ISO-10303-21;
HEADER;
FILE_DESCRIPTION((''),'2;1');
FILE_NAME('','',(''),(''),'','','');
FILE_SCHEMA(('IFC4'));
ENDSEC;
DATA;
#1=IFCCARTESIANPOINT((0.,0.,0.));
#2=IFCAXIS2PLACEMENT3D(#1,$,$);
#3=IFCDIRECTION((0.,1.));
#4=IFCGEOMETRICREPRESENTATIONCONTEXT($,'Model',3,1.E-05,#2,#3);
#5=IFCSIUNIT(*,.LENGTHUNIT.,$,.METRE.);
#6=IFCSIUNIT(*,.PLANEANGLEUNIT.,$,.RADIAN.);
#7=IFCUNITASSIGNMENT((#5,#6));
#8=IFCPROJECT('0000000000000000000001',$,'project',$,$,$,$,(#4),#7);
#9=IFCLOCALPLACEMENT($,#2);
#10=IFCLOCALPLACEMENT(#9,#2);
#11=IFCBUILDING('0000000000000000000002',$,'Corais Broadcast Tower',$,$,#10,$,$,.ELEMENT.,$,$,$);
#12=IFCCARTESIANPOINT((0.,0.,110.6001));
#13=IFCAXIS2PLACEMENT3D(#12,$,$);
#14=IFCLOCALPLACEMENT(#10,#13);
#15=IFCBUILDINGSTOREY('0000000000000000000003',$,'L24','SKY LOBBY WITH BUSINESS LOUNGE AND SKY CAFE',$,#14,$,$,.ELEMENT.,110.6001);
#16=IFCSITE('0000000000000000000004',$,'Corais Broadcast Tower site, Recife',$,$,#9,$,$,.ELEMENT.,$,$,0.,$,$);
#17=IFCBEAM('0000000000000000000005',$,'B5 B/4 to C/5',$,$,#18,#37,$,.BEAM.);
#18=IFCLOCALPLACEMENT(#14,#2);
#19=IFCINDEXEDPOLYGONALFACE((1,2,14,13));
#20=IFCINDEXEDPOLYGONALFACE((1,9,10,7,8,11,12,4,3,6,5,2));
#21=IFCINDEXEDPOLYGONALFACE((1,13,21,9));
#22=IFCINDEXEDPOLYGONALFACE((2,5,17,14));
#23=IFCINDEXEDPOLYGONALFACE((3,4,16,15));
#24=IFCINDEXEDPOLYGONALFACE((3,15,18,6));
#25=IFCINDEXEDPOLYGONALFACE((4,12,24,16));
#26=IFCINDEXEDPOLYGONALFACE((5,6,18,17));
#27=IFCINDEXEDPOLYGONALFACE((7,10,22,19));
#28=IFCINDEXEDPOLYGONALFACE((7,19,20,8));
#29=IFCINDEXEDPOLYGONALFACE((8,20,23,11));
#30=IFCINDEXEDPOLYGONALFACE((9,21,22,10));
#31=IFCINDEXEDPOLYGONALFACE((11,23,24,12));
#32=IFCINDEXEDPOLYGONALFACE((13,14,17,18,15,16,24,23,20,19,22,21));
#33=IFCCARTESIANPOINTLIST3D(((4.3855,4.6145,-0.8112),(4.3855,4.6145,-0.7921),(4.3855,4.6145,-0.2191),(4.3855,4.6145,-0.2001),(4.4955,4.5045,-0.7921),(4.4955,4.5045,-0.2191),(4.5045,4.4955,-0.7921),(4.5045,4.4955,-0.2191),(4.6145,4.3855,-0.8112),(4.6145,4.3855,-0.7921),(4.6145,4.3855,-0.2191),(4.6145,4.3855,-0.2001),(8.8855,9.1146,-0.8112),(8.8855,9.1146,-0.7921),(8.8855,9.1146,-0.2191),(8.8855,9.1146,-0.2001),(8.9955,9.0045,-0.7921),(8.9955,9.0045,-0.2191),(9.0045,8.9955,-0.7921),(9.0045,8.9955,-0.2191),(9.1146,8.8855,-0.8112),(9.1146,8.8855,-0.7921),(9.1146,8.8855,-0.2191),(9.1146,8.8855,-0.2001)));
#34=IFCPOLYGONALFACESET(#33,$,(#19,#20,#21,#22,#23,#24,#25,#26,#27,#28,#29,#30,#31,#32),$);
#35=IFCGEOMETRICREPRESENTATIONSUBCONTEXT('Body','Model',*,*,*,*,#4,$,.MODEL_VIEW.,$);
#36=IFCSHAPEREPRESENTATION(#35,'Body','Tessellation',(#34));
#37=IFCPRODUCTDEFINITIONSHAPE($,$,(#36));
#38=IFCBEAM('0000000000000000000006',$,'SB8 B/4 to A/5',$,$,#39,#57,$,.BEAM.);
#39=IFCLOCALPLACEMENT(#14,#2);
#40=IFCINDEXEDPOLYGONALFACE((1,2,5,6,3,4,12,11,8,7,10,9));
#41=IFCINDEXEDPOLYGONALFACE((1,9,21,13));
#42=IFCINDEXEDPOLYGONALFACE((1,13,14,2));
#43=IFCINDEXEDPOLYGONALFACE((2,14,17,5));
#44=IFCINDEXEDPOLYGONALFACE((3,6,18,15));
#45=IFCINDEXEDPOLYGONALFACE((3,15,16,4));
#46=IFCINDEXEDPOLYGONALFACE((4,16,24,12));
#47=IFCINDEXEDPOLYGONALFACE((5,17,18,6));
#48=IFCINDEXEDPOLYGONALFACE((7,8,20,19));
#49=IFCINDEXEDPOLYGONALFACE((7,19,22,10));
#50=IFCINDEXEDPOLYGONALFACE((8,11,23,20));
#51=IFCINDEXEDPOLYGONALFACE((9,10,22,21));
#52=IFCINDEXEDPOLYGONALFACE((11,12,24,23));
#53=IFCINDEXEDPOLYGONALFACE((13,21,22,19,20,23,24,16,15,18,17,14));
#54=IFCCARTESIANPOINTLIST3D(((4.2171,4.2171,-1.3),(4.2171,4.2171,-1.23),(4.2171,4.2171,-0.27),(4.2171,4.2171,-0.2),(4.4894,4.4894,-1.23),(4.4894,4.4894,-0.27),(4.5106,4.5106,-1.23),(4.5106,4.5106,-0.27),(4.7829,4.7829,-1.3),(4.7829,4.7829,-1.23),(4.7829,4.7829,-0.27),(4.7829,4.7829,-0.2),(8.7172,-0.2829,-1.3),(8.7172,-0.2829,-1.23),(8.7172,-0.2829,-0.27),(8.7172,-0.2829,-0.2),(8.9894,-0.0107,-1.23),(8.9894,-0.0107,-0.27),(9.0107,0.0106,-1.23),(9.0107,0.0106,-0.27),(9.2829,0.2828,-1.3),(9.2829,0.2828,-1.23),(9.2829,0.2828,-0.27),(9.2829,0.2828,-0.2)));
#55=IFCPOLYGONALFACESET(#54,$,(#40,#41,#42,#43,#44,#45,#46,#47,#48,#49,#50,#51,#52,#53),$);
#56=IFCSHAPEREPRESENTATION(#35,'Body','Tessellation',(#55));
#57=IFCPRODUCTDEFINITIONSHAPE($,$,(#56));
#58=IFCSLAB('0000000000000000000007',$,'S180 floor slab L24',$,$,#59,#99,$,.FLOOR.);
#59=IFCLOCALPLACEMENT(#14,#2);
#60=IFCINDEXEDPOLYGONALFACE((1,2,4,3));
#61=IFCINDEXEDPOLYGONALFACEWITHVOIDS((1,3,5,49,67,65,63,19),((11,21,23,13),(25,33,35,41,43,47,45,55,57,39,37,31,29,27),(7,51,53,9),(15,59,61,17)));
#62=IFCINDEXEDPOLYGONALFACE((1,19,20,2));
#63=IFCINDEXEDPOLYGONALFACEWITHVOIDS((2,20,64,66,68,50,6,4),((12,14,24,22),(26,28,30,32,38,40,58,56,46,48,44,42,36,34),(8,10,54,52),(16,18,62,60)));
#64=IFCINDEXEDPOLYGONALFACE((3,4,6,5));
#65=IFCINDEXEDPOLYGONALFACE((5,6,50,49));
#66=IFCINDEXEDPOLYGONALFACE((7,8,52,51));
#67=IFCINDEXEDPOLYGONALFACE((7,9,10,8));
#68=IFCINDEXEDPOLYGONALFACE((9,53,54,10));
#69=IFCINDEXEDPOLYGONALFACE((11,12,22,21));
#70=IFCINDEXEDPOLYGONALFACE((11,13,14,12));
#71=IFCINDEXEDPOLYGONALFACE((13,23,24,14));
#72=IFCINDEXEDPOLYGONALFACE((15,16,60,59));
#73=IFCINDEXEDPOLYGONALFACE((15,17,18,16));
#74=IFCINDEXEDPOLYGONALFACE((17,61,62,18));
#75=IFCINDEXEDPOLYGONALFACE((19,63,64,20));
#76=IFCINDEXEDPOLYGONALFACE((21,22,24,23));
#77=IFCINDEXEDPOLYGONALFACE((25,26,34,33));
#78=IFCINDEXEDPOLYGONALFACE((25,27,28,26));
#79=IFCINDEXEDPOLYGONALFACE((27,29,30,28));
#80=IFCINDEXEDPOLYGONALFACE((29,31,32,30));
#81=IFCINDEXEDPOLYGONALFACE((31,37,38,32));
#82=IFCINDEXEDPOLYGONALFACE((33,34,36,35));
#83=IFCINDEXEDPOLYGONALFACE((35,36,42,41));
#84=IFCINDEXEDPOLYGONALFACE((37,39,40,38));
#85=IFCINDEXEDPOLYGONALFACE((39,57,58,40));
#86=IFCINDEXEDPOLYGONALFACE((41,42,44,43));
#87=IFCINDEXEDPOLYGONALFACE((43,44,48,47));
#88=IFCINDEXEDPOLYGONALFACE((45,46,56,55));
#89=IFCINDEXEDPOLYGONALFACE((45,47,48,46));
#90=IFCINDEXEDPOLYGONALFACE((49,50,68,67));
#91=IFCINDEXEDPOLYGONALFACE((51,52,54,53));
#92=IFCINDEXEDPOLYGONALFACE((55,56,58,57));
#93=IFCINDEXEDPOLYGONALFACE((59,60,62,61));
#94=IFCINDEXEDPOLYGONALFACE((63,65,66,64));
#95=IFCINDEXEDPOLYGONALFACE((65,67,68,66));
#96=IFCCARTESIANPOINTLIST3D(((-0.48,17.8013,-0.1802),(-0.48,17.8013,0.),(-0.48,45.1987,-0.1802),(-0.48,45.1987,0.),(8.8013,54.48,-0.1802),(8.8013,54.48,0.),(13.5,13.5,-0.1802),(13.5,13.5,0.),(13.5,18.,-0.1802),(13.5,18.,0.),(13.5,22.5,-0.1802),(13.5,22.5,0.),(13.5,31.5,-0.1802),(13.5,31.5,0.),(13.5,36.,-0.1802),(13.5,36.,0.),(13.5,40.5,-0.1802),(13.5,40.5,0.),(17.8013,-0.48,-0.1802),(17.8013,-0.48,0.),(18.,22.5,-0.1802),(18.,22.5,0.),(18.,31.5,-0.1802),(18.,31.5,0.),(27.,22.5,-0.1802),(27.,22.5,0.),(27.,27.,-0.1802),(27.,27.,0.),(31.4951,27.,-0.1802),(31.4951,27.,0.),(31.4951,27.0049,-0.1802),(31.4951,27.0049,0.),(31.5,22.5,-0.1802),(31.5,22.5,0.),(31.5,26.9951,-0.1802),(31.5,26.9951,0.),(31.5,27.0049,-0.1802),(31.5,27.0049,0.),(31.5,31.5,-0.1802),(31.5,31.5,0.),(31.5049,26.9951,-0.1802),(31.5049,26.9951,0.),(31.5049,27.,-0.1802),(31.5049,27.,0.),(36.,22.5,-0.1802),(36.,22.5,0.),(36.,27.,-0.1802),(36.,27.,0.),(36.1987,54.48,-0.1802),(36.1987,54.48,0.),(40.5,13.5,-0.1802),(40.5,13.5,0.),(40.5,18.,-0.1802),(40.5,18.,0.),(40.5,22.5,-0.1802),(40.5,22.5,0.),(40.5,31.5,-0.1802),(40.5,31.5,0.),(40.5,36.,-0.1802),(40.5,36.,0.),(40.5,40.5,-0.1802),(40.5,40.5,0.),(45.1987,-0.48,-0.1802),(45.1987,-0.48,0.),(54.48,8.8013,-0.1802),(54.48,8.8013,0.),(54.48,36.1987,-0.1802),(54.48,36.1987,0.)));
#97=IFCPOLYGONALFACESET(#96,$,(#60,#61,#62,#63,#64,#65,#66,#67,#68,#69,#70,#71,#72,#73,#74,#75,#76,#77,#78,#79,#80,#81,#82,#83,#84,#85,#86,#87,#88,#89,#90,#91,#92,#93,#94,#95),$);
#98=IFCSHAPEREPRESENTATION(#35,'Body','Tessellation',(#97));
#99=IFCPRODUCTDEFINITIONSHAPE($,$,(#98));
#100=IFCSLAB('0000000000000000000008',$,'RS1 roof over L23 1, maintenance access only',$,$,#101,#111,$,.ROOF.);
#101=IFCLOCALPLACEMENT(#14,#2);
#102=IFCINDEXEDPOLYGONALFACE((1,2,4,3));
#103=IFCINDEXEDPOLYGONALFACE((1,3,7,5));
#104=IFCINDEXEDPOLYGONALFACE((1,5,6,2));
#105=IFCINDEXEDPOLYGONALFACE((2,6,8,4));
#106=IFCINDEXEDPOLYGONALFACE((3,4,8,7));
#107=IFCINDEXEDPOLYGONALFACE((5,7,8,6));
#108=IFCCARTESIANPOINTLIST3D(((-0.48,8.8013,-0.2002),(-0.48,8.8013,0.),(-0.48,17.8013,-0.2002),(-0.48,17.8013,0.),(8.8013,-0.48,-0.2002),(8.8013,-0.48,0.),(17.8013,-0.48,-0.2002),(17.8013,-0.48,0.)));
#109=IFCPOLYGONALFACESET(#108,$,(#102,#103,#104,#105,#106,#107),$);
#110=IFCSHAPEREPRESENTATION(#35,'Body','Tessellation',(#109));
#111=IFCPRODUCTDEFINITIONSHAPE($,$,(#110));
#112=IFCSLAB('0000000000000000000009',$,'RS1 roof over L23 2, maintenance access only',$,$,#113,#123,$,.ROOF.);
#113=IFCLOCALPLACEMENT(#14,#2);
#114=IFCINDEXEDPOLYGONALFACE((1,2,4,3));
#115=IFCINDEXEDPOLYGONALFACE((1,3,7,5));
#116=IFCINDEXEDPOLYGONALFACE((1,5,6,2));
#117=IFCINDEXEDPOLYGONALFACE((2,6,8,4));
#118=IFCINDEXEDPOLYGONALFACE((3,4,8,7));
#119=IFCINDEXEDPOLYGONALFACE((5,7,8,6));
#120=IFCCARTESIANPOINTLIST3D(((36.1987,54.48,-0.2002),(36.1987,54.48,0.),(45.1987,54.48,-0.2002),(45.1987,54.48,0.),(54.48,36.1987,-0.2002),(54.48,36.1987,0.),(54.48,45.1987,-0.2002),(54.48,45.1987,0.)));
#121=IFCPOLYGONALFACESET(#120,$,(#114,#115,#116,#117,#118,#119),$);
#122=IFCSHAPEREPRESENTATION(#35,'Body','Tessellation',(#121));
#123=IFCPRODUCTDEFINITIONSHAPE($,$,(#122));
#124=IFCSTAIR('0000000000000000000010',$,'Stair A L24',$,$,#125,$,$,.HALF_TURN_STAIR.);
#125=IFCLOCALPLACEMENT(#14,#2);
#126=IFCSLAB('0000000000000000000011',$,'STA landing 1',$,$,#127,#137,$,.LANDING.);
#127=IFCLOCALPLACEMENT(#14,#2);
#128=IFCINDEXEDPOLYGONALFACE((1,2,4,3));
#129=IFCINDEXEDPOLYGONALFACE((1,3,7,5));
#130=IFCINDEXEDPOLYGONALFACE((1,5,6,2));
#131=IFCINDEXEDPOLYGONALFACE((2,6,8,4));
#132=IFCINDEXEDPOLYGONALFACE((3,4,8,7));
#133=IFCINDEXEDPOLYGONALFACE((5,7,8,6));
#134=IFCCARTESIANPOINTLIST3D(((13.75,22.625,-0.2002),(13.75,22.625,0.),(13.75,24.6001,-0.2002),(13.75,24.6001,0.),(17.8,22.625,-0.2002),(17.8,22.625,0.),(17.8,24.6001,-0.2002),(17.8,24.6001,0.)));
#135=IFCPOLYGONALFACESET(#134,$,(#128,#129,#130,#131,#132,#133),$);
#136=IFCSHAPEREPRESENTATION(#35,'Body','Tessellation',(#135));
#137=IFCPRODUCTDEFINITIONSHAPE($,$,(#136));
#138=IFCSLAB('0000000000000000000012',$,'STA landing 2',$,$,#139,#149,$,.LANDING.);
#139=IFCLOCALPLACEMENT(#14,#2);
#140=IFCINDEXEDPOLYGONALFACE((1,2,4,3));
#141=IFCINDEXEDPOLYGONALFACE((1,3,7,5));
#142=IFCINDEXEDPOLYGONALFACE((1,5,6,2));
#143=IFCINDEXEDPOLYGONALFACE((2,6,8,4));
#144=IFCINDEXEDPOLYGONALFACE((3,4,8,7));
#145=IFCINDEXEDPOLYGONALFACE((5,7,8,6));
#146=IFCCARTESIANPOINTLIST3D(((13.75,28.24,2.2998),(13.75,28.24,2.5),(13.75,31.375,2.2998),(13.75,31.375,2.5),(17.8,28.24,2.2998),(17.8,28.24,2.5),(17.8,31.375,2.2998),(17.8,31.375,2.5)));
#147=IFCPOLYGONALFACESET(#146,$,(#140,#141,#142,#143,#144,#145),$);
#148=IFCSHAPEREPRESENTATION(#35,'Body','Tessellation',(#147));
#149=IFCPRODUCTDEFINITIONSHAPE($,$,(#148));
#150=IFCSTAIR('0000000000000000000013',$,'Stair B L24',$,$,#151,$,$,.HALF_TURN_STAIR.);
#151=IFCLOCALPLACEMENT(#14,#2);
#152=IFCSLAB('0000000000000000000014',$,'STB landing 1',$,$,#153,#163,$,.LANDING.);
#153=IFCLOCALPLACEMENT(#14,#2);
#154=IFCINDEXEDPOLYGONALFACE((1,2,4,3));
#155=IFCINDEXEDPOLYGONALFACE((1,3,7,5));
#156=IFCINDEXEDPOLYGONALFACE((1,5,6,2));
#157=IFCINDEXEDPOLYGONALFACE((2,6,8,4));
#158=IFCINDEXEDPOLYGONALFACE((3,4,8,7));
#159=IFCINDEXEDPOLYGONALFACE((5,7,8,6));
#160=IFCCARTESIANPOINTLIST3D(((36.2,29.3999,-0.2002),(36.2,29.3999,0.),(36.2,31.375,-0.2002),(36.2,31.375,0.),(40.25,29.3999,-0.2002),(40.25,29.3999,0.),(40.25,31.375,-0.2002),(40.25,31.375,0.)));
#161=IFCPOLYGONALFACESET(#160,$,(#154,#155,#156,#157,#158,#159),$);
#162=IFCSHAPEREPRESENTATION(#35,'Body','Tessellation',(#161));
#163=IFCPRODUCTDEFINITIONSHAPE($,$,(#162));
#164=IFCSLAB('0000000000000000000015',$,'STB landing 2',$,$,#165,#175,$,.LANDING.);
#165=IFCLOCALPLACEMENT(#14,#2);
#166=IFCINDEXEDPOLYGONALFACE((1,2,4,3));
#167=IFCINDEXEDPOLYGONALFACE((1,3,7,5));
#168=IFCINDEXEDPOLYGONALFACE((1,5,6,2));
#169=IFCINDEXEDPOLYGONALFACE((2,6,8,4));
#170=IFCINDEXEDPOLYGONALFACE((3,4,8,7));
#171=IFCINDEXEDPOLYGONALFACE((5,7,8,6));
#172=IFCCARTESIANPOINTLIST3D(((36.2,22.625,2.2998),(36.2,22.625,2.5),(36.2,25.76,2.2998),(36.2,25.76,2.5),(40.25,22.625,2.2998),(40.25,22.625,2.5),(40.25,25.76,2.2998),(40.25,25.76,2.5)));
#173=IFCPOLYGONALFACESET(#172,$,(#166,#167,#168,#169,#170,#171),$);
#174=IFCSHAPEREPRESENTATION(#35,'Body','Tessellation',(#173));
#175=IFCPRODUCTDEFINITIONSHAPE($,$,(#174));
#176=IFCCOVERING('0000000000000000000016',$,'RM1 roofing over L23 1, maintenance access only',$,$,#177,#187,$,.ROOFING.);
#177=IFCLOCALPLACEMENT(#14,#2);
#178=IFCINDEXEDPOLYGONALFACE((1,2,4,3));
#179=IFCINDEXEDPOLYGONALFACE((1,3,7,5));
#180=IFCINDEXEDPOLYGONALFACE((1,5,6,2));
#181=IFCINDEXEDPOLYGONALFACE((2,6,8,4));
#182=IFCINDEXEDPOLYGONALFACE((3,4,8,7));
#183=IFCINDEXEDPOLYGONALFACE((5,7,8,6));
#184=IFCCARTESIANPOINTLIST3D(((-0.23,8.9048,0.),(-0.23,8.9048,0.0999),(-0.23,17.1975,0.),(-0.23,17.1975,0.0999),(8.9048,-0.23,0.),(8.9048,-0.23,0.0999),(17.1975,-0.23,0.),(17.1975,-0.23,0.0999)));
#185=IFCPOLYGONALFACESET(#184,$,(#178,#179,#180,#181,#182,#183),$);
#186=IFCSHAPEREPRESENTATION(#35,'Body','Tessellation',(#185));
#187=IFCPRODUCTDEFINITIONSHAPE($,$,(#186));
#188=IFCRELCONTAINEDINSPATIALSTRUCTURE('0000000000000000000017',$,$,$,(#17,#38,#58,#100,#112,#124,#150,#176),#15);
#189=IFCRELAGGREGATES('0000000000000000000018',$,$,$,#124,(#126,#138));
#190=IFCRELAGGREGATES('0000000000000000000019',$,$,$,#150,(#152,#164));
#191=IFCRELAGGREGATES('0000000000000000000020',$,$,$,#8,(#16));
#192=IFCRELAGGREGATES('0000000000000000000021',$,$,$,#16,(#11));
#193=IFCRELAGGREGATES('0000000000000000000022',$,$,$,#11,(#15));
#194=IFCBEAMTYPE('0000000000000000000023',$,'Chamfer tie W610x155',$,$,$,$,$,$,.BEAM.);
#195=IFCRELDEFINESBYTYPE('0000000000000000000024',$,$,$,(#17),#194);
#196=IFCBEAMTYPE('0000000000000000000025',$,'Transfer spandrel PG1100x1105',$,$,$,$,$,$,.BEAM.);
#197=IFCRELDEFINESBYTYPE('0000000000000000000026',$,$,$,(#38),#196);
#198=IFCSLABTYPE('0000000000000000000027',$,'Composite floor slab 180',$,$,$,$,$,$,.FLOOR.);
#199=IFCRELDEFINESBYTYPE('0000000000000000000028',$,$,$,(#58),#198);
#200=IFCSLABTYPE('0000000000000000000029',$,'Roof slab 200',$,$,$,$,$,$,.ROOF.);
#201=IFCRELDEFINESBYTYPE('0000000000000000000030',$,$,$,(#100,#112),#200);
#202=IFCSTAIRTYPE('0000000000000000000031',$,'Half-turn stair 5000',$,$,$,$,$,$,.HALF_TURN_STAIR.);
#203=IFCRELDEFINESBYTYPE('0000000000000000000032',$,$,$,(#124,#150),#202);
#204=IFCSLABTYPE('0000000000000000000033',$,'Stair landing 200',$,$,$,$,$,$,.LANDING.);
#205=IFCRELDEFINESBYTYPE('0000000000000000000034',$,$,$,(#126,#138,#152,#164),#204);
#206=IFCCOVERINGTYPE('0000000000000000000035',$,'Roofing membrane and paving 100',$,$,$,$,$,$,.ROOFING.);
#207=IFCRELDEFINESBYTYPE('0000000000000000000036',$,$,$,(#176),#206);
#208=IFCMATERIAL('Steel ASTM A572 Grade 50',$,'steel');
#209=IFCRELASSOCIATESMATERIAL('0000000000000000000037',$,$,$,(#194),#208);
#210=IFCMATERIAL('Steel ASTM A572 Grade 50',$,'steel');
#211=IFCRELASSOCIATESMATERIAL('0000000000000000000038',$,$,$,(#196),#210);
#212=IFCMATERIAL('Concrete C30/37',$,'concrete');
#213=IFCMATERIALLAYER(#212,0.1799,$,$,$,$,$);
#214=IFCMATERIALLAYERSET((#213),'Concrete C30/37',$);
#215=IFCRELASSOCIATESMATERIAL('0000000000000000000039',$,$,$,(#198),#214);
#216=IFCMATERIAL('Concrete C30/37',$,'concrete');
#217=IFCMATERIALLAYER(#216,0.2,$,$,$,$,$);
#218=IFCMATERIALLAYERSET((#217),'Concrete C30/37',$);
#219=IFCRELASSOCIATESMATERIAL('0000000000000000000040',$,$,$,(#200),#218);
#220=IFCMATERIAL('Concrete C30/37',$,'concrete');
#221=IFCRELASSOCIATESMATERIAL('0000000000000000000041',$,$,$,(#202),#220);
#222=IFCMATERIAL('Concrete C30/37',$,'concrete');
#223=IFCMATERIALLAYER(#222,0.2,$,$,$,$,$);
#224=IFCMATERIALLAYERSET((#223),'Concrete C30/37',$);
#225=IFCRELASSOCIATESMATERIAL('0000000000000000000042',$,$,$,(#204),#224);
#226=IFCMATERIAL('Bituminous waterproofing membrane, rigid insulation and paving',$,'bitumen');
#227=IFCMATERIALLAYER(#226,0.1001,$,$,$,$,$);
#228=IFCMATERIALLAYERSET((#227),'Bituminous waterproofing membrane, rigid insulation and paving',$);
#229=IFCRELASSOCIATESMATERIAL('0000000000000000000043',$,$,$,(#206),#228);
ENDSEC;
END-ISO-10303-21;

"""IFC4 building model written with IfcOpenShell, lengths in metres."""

from ifc_helpers import new_model, si_unit, direction, frame, origin, origin_2d, place, context, subcontext, project, spatial, polyline, i_section, outline, extrude, material, layer, layer_set, material_profile, profile_set, type_object, element, aggregate, save


model = new_model("IFC4")

# Units and contexts
model_context = context("Model", 3, precision=1e-05, world=origin(), true_north=direction((0.0, 1.0)))
body_context = subcontext(model_context, "Body", "Model", "MODEL_VIEW")
ifc_project = project(units=[si_unit("LENGTHUNIT", "METRE"), si_unit("PLANEANGLEUNIT", "RADIAN")], contexts=[model_context])

# Site, building, storey
site_placement = place(None, origin())
site = spatial("IfcSite", under=ifc_project, at=site_placement, Name="Corais Broadcast Tower site, Recife", CompositionType="ELEMENT", RefElevation=0.0)
building_placement = place(site_placement, origin())
building = spatial("IfcBuilding", under=site, at=building_placement, Name="Corais Broadcast Tower", CompositionType="ELEMENT")
storey_placement = place(building_placement, frame((0.0, 0.0, 110.6001)))
storey = spatial("IfcBuildingStorey", under=building, at=storey_placement, Name="L24", Description="SKY LOBBY WITH BUSINESS LOUNGE AND SKY CAFE", CompositionType="ELEMENT", Elevation=110.6001)

# Beams
ifc_material_1 = material(Name="Steel ASTM A572 Grade 50", Category="steel")
ifc_material_profile_1 = material_profile(ifc_material_1, i_section(OverallWidth=0.324, OverallDepth=0.6111, WebThickness=0.0127, FlangeThickness=0.019, at=origin_2d()), Name="W610x155")
ifc_profile_set_1 = profile_set([ifc_material_profile_1], Name="Steel ASTM A572 Grade 50")
beam_type_1 = type_object("IfcBeamType", Name="Chamfer tie W610x155", PredefinedType="BEAM", material=ifc_profile_set_1)
beam_1_placement = place(storey_placement, frame((4.5, 4.5, -0.5056), z_axis=(0.707107, 0.707107, 0.0), x_axis=(-0.707107, 0.707107, 0.0)))
element("IfcBeam", 1, at=beam_1_placement, inside=storey, type_object=beam_type_1, Name="B5 B/4 to C/5", PredefinedType="BEAM", context=body_context, shape_type="SweptSolid", body=[
    extrude(i_section(OverallWidth=0.324, OverallDepth=0.6111, WebThickness=0.0127, FlangeThickness=0.019, at=origin_2d()), origin(), (0.0, 0.0, 1.0), 6.364),
])
ifc_material_2 = material(Name="Steel ASTM A572 Grade 50", Category="steel")
ifc_material_profile_2 = material_profile(ifc_material_2, i_section(OverallWidth=0.8, OverallDepth=1.1001, WebThickness=0.03, FlangeThickness=0.0701, at=origin_2d()), Name="PG1100x1105")
ifc_profile_set_2 = profile_set([ifc_material_profile_2], Name="Steel ASTM A572 Grade 50")
beam_type_2 = type_object("IfcBeamType", Name="Transfer spandrel PG1100x1105", PredefinedType="BEAM", material=ifc_profile_set_2)
beam_2_placement = place(storey_placement, frame((4.5, 4.5, -0.75), z_axis=(0.707107, -0.707107, 0.0), x_axis=(0.707107, 0.707107, 0.0)))
element("IfcBeam", 2, at=beam_2_placement, inside=storey, type_object=beam_type_2, Name="SB8 B/4 to A/5", PredefinedType="BEAM", context=body_context, shape_type="SweptSolid", body=[
    extrude(i_section(OverallWidth=0.8, OverallDepth=1.1001, WebThickness=0.03, FlangeThickness=0.0701, at=origin_2d()), origin(), (0.0, 0.0, 1.0), 6.364),
])

# Slabs
ifc_material_3 = material(Name="Concrete C30/37", Category="concrete")
ifc_layer_1 = layer(ifc_material_3, 0.1799)
ifc_layer_set_1 = layer_set([ifc_layer_1], Name="Concrete C30/37")
slab_type_1 = type_object("IfcSlabType", Name="Composite floor slab 180", PredefinedType="FLOOR", material=ifc_layer_set_1)
slab_1_placement = place(storey_placement, frame((0.0, 0.0, -0.1802)))
element("IfcSlab", 3, at=slab_1_placement, inside=storey, type_object=slab_type_1, Name="S180 floor slab L24", PredefinedType="FLOOR", context=body_context, shape_type="SweptSolid", body=[
    extrude(outline(polyline([(17.8013, -0.48), (-0.48, 17.8013), (-0.48, 45.1987), (8.8013, 54.48), (36.1987, 54.48), (54.48, 36.1987), (54.48, 8.8013), (45.1987, -0.48), (17.8013, -0.48)]), holes=[polyline([(13.5, 18.0), (40.5, 18.0), (40.5, 13.5), (13.5, 13.5), (13.5, 18.0)]), polyline([(13.5, 22.5), (13.5, 31.5), (18.0, 31.5), (18.0, 22.5), (13.5, 22.5)]), polyline([(13.5, 40.5), (40.5, 40.5), (40.5, 36.0), (13.5, 36.0), (13.5, 40.5)]), polyline([(27.0, 22.5), (27.0, 27.0), (31.4951, 27.0), (31.4951, 27.0049), (31.5, 27.0049), (31.5, 31.5), (40.5, 31.5), (40.5, 22.5), (36.0, 22.5), (36.0, 27.0), (31.5049, 27.0), (31.5049, 26.9951), (31.5, 26.9951), (31.5, 22.5), (27.0, 22.5)])]), origin(), (0.0, 0.0, 1.0), 0.1802),
])
ifc_material_4 = material(Name="Concrete C30/37", Category="concrete")
ifc_layer_2 = layer(ifc_material_4, 0.2)
ifc_layer_set_2 = layer_set([ifc_layer_2], Name="Concrete C30/37")
slab_type_2 = type_object("IfcSlabType", Name="Roof slab 200", PredefinedType="ROOF", material=ifc_layer_set_2)
slab_2_placement = place(storey_placement, frame((0.0, 0.0, -0.2002)))
element("IfcSlab", 4, at=slab_2_placement, inside=storey, type_object=slab_type_2, Name="RS1 roof over L23 1, maintenance access only", PredefinedType="ROOF", context=body_context, shape_type="SweptSolid", body=[
    extrude(outline(polyline([(-0.48, 8.8013), (-0.48, 17.8013), (17.8013, -0.48), (8.8013, -0.48), (-0.48, 8.8013)])), origin(), (0.0, 0.0, 1.0), 0.2002),
])
slab_3_placement = place(storey_placement, frame((0.0, 0.0, -0.2002)))
element("IfcSlab", 5, at=slab_3_placement, inside=storey, type_object=slab_type_2, Name="RS1 roof over L23 2, maintenance access only", PredefinedType="ROOF", context=body_context, shape_type="SweptSolid", body=[
    extrude(outline(polyline([(45.1987, 54.48), (54.48, 45.1987), (54.48, 36.1987), (36.1987, 54.48), (45.1987, 54.48)])), origin(), (0.0, 0.0, 1.0), 0.2002),
])

# Stairs, slabs
ifc_material_5 = material(Name="Concrete C30/37", Category="concrete")
stair_type = type_object("IfcStairType", Name="Half-turn stair 5000", PredefinedType="HALF_TURN_STAIR", material=ifc_material_5)
stair_1_placement = place(storey_placement, origin())
stair_1 = element("IfcStair", 6, at=stair_1_placement, inside=storey, type_object=stair_type, Name="Stair A L24", PredefinedType="HALF_TURN_STAIR")
ifc_material_6 = material(Name="Concrete C30/37", Category="concrete")
ifc_layer_3 = layer(ifc_material_6, 0.2)
ifc_layer_set_3 = layer_set([ifc_layer_3], Name="Concrete C30/37")
slab_type_3 = type_object("IfcSlabType", Name="Stair landing 200", PredefinedType="LANDING", material=ifc_layer_set_3)
slab_4_placement = place(storey_placement, frame((0.0, 0.0, -0.2002)))
slab_4 = element("IfcSlab", 7, at=slab_4_placement, type_object=slab_type_3, Name="STA landing 1", PredefinedType="LANDING", context=body_context, shape_type="SweptSolid", body=[
    extrude(outline(polyline([(13.75, 22.625), (17.8, 22.625), (17.8, 24.6001), (13.75, 24.6001), (13.75, 22.625)])), origin(), (0.0, 0.0, 1.0), 0.2002),
])
slab_5_placement = place(storey_placement, frame((0.0, 0.0, 2.2998)))
slab_5 = element("IfcSlab", 8, at=slab_5_placement, type_object=slab_type_3, Name="STA landing 2", PredefinedType="LANDING", context=body_context, shape_type="SweptSolid", body=[
    extrude(outline(polyline([(13.75, 28.24), (17.8, 28.24), (17.8, 31.375), (13.75, 31.375), (13.75, 28.24)])), origin(), (0.0, 0.0, 1.0), 0.2002),
])
aggregate(stair_1, [slab_4, slab_5])
stair_2_placement = place(storey_placement, origin())
stair_2 = element("IfcStair", 9, at=stair_2_placement, inside=storey, type_object=stair_type, Name="Stair B L24", PredefinedType="HALF_TURN_STAIR")
slab_6_placement = place(storey_placement, frame((0.0, 0.0, -0.2002)))
slab_6 = element("IfcSlab", 10, at=slab_6_placement, type_object=slab_type_3, Name="STB landing 1", PredefinedType="LANDING", context=body_context, shape_type="SweptSolid", body=[
    extrude(outline(polyline([(36.2, 29.3999), (40.25, 29.3999), (40.25, 31.375), (36.2, 31.375), (36.2, 29.3999)])), origin(), (0.0, 0.0, 1.0), 0.2002),
])
slab_7_placement = place(storey_placement, frame((0.0, 0.0, 2.2998)))
slab_7 = element("IfcSlab", 11, at=slab_7_placement, type_object=slab_type_3, Name="STB landing 2", PredefinedType="LANDING", context=body_context, shape_type="SweptSolid", body=[
    extrude(outline(polyline([(36.2, 22.625), (40.25, 22.625), (40.25, 25.76), (36.2, 25.76), (36.2, 22.625)])), origin(), (0.0, 0.0, 1.0), 0.2002),
])
aggregate(stair_2, [slab_6, slab_7])

# Covering
ifc_material_7 = material(Name="Bituminous waterproofing membrane, rigid insulation and paving", Category="bitumen")
ifc_layer_4 = layer(ifc_material_7, 0.1001)
ifc_layer_set_4 = layer_set([ifc_layer_4], Name="Bituminous waterproofing membrane, rigid insulation and paving")
covering_type_1 = type_object("IfcCoveringType", Name="Roofing membrane and paving 100", PredefinedType="ROOFING", material=ifc_layer_set_4)
covering_1_placement = place(storey_placement, origin())
element("IfcCovering", 12, at=covering_1_placement, inside=storey, type_object=covering_type_1, Name="RM1 roofing over L23 1, maintenance access only", PredefinedType="ROOFING", context=body_context, shape_type="SweptSolid", body=[
    extrude(outline(polyline([(-0.23, 8.9048), (-0.23, 17.1975), (17.1975, -0.23), (8.9048, -0.23), (-0.23, 8.9048)])), origin(), (0.0, 0.0, 1.0), 0.0999),
])

save(model, "model.ifc")
